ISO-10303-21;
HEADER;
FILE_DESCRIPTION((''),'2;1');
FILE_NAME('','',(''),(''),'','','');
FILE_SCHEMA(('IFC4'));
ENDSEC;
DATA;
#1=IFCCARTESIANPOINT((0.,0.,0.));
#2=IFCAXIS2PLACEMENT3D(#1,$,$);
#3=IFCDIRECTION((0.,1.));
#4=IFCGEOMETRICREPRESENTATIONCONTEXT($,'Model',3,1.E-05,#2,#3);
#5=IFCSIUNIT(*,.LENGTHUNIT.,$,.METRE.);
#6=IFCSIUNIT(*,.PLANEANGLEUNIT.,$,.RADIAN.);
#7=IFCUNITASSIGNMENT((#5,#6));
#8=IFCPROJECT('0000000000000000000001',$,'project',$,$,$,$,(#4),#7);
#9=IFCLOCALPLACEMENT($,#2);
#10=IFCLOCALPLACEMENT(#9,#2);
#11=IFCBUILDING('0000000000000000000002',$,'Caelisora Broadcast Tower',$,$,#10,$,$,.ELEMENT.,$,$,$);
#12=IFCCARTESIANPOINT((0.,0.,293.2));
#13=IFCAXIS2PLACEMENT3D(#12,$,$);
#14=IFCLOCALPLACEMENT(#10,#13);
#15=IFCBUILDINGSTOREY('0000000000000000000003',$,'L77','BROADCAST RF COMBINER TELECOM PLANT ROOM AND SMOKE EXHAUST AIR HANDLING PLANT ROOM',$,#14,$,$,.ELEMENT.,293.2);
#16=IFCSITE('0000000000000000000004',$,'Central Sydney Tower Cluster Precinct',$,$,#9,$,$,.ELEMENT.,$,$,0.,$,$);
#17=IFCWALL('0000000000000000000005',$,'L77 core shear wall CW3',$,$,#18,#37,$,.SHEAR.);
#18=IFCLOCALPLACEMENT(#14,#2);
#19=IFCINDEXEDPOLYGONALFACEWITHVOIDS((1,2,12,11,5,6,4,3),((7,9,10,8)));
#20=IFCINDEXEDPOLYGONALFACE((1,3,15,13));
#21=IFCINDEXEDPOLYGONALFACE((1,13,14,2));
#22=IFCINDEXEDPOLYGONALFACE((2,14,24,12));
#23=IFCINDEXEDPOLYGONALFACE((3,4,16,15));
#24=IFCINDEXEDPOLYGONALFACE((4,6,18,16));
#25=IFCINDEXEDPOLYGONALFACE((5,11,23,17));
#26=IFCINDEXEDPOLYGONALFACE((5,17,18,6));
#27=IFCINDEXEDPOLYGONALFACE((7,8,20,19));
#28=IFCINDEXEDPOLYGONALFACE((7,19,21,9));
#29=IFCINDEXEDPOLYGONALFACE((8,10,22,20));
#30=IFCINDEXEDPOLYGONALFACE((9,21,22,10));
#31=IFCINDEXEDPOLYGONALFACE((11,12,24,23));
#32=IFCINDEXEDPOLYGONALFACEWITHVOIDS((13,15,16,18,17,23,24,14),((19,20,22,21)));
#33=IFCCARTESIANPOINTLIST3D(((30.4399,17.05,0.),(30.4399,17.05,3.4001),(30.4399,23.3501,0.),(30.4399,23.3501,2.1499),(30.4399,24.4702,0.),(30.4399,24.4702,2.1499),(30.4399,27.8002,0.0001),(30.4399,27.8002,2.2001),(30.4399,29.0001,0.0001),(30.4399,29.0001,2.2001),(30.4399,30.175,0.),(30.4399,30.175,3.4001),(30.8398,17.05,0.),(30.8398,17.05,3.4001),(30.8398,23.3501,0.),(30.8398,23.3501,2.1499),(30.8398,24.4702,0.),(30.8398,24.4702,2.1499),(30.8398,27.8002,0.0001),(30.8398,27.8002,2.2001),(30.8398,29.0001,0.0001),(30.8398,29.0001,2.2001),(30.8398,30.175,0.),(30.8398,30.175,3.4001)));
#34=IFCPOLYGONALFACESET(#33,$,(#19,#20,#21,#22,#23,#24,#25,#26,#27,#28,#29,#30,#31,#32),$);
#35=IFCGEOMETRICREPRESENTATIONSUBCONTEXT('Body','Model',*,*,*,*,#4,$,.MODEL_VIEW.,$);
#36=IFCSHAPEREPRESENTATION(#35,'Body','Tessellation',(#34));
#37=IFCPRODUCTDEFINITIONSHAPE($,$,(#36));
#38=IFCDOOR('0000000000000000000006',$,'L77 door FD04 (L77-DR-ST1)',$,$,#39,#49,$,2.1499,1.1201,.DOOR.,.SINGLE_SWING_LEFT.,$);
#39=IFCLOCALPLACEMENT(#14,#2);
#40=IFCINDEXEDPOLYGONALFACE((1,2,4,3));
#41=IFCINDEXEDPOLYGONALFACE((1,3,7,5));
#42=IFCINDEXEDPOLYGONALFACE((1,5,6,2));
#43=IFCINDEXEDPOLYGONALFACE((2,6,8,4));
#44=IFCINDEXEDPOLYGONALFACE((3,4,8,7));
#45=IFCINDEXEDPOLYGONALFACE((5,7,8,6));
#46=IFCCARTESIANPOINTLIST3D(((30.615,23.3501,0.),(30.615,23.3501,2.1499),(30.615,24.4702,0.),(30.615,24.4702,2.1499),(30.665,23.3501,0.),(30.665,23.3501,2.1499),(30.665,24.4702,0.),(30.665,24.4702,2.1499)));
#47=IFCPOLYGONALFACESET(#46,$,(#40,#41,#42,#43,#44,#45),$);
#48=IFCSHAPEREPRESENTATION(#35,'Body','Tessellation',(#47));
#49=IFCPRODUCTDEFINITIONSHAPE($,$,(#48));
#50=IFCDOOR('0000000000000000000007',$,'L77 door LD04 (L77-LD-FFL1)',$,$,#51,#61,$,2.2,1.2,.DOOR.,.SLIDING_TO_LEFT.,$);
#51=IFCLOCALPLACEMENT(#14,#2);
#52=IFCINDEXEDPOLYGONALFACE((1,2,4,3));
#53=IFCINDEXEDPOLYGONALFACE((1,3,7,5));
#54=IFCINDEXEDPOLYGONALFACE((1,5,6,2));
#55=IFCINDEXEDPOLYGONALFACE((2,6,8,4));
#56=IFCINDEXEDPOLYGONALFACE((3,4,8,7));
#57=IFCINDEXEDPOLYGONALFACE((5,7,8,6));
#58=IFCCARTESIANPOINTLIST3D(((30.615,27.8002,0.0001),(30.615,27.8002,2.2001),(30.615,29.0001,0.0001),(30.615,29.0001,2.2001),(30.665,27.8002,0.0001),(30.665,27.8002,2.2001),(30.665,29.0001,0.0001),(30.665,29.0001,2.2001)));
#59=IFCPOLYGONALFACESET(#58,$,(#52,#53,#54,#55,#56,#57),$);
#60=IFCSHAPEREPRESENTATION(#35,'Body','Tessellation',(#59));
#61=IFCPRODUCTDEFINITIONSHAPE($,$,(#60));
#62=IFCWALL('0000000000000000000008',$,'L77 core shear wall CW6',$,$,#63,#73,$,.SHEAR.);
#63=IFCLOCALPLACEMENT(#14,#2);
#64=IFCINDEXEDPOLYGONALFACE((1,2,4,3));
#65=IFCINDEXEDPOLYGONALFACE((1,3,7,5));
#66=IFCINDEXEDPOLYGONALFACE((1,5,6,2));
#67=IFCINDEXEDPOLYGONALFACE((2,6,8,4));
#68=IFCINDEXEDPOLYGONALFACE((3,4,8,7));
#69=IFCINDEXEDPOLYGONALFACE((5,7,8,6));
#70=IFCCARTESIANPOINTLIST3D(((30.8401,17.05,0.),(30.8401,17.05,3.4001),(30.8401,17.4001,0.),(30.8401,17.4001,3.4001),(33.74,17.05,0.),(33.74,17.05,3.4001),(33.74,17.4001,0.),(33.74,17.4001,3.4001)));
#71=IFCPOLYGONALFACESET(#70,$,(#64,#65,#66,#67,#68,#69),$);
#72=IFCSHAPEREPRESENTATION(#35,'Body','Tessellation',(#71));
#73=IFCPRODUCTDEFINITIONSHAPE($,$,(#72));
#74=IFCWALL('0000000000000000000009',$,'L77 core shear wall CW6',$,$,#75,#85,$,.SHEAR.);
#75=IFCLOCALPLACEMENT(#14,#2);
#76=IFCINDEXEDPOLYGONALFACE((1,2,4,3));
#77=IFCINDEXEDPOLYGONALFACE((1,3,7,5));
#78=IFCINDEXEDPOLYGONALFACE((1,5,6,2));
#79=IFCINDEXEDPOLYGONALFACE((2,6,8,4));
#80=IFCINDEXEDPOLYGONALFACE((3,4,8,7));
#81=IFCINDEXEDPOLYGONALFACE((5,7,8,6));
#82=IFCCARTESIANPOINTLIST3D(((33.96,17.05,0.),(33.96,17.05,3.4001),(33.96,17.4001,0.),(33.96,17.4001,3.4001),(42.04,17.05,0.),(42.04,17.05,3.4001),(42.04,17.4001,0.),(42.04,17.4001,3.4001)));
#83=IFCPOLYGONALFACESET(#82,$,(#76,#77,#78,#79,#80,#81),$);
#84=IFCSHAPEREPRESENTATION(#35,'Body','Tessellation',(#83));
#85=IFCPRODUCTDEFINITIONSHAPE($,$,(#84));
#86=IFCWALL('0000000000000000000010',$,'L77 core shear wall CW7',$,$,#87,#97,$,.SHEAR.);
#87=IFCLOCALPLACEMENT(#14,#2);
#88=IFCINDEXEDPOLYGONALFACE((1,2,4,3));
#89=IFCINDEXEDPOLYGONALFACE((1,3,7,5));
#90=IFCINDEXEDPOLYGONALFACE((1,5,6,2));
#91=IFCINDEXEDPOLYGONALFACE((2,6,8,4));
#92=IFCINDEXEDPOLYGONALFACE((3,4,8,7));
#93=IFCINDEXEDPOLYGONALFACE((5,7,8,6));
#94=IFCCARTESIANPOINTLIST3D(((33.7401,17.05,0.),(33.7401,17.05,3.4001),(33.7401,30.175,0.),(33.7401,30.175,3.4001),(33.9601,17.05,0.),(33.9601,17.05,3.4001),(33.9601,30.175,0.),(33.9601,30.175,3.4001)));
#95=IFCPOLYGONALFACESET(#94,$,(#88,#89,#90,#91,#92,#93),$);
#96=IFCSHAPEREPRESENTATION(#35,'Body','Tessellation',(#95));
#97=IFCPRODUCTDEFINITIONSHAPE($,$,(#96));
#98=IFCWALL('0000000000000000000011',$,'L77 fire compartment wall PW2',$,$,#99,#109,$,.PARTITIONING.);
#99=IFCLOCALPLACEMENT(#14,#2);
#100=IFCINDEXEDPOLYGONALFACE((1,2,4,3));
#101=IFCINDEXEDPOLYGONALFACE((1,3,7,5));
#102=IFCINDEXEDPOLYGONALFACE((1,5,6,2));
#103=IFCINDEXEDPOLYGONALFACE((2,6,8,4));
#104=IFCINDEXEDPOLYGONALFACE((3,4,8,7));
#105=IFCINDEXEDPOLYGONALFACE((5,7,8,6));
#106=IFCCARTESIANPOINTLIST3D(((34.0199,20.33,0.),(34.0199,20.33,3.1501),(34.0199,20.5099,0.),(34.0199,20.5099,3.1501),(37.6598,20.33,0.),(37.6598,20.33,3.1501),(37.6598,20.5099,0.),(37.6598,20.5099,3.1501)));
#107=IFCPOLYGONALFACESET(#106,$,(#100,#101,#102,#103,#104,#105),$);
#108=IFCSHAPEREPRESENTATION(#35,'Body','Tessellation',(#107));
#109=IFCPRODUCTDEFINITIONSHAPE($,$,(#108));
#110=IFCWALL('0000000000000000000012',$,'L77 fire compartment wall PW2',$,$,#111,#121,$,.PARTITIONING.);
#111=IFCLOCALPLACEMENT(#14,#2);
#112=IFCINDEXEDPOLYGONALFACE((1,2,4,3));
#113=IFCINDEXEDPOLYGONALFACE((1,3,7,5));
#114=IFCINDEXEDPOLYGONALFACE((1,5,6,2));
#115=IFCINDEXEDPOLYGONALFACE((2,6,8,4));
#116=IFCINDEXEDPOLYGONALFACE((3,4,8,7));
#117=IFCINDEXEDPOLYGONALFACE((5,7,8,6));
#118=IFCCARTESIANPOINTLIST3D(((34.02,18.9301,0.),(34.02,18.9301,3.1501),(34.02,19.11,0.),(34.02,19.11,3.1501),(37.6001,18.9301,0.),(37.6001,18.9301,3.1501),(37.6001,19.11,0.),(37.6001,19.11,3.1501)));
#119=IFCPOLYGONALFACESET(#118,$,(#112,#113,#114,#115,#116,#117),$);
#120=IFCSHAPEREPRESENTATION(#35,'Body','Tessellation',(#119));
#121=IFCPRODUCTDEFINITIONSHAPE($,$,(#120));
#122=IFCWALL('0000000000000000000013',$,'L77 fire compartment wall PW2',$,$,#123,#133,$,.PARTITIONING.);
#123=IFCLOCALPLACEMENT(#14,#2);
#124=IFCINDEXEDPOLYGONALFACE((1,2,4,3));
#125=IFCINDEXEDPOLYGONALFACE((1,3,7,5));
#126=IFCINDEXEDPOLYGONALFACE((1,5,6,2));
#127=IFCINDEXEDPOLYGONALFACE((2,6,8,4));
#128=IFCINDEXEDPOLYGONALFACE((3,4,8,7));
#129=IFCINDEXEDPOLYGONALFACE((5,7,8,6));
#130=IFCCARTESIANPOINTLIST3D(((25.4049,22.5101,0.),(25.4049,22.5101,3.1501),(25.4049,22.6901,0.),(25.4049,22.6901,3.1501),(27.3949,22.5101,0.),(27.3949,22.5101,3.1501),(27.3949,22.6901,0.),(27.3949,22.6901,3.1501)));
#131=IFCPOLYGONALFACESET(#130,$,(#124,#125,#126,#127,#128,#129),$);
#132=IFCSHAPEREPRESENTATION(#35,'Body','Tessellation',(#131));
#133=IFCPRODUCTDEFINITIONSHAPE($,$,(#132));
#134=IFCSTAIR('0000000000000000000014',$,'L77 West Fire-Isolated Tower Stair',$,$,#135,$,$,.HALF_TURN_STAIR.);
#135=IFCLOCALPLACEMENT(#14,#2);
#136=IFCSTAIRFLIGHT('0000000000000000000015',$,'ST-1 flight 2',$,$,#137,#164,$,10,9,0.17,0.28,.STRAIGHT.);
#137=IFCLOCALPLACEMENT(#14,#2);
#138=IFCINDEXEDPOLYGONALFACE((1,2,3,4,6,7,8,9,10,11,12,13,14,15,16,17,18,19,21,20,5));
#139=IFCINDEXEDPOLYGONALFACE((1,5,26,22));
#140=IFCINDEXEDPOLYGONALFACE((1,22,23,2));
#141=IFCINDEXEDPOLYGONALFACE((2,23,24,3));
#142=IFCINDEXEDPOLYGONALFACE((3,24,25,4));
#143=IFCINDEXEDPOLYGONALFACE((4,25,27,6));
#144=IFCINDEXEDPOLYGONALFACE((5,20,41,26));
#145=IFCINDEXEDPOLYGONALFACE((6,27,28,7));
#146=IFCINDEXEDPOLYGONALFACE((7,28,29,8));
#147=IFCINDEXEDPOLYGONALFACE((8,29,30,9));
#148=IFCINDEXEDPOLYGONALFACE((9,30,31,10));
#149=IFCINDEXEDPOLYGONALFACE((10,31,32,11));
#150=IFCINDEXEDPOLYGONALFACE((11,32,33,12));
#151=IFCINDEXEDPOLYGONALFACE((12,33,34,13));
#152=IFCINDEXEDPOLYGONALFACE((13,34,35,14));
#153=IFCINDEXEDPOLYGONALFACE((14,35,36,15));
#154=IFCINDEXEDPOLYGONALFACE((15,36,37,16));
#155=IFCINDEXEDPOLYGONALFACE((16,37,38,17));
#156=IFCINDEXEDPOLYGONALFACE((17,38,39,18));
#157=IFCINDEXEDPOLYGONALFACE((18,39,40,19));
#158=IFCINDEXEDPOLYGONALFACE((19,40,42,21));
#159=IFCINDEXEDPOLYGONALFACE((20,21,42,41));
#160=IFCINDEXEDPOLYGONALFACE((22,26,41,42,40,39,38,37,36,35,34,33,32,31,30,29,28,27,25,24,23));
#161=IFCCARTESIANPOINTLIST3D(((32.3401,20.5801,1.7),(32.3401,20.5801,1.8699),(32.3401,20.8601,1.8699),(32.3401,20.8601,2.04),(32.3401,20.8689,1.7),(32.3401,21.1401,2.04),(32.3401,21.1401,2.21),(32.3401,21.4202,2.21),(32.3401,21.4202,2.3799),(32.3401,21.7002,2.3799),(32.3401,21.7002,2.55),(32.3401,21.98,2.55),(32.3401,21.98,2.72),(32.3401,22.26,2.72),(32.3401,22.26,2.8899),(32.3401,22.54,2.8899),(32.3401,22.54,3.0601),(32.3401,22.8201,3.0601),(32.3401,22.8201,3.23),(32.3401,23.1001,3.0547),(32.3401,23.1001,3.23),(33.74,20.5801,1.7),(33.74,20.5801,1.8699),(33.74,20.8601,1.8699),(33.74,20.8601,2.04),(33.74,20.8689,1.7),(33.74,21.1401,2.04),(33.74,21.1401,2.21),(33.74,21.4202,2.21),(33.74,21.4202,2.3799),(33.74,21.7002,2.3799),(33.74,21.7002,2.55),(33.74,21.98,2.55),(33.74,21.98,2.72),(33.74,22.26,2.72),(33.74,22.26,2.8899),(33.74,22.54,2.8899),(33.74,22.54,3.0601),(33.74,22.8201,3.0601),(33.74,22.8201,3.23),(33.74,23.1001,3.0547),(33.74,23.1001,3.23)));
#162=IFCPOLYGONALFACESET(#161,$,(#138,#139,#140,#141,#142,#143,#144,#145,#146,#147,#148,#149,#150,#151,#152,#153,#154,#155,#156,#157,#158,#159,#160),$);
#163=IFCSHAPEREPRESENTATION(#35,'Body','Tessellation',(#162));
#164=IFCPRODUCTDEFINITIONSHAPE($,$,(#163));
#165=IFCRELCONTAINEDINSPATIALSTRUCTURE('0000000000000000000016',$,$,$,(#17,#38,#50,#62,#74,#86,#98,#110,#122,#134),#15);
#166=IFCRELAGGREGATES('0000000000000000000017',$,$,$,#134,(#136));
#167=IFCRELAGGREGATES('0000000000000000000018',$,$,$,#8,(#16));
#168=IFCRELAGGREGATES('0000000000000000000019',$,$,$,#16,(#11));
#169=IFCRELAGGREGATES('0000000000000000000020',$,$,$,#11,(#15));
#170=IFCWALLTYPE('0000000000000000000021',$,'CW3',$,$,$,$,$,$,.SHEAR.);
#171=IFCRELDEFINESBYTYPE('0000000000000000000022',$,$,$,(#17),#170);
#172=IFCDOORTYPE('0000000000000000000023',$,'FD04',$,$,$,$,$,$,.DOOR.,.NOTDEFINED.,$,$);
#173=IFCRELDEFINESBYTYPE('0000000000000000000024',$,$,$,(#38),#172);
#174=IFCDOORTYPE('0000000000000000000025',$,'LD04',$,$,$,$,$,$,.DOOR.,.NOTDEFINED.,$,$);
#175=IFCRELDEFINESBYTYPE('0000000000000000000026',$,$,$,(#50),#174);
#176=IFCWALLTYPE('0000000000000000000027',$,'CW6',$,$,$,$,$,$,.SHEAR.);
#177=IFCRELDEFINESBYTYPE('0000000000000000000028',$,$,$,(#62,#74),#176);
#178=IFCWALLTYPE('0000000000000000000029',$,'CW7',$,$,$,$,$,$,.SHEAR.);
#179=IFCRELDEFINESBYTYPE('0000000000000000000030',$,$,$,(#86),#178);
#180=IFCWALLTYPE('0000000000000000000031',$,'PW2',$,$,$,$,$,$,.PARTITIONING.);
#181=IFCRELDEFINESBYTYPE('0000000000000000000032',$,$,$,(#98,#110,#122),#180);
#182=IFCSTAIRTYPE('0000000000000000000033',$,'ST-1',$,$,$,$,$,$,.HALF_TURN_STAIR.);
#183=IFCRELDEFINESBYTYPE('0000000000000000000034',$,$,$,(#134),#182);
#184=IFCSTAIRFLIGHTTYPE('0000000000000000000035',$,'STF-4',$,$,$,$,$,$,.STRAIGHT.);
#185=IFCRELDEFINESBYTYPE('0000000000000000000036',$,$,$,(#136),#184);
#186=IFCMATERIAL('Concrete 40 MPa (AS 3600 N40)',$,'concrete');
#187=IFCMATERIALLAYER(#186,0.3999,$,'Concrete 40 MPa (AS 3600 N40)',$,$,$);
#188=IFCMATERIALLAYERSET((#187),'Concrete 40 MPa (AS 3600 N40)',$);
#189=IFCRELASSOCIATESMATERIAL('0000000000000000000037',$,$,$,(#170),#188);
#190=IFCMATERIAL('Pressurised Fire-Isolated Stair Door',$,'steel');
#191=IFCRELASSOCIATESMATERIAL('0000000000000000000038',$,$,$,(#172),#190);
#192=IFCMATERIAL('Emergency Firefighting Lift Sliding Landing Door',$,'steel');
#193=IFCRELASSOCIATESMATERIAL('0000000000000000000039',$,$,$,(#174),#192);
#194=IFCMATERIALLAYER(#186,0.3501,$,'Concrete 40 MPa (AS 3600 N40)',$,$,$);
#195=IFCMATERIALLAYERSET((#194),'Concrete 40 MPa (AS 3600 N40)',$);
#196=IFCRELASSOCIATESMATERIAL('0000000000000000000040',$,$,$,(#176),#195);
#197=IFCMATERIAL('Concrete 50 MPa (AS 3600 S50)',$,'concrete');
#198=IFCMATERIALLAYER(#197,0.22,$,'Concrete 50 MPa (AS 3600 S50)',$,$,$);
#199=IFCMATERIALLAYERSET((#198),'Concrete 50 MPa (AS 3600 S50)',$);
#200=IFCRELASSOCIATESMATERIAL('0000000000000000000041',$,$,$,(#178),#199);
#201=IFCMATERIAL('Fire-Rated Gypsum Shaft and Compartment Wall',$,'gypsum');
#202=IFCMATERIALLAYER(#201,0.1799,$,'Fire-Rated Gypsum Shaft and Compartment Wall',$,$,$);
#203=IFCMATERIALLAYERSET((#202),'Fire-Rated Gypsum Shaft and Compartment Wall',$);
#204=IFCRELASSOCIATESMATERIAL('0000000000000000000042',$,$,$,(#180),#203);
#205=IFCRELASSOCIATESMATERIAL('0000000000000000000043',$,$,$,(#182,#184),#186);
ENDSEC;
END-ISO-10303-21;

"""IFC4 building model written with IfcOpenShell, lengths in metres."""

from ifc_helpers import new_model, si_unit, direction, frame, frame_2d, origin, place, context, subcontext, project, spatial, polyline, rectangle, outline, extrude, material, layer, layer_set, type_object, element, fill, aggregate, save


model = new_model("IFC4")

# Units and contexts
model_context = context("Model", 3, precision=1e-05, world=origin(), true_north=direction((0.0, 1.0)))
body_context = subcontext(model_context, "Body", "Model", "MODEL_VIEW")
ifc_project = project(units=[si_unit("LENGTHUNIT", "METRE"), si_unit("PLANEANGLEUNIT", "RADIAN")], contexts=[model_context])

# Site, building, storey
site_placement = place(None, origin())
site = spatial("IfcSite", under=ifc_project, at=site_placement, Name="Central Sydney Tower Cluster Precinct", CompositionType="ELEMENT", RefElevation=0.0)
building_placement = place(site_placement, origin())
building = spatial("IfcBuilding", under=site, at=building_placement, Name="Caelisora Broadcast Tower", CompositionType="ELEMENT")
storey_placement = place(building_placement, frame((0.0, 0.0, 293.2)))
storey = spatial("IfcBuildingStorey", under=building, at=storey_placement, Name="L77", Description="BROADCAST RF COMBINER TELECOM PLANT ROOM AND SMOKE EXHAUST AIR HANDLING PLANT ROOM", CompositionType="ELEMENT", Elevation=293.2)

# Wall, openings, doors
ifc_material_1 = material(Name="Concrete 40 MPa (AS 3600 N40)", Category="concrete")
ifc_layer_1 = layer(ifc_material_1, 0.3999, Name="Concrete 40 MPa (AS 3600 N40)")
ifc_layer_set_1 = layer_set([ifc_layer_1], Name="Concrete 40 MPa (AS 3600 N40)")
wall_type_1 = type_object("IfcWallType", Name="CW3", PredefinedType="SHEAR", material=ifc_layer_set_1)
wall_1_placement = place(storey_placement, frame((30.6399, 17.05, 0.0), z_axis=(0.0, 0.0, 1.0), x_axis=(0.0, 1.0, 0.0)))
wall_1 = element("IfcWall", 1, at=wall_1_placement, inside=storey, type_object=wall_type_1, Name="L77 core shear wall CW3", PredefinedType="SHEAR", context=body_context, shape_type="SweptSolid", body=[
    extrude(rectangle(XDim=13.125, YDim=0.3999, at=frame_2d((6.5625, 0.0))), origin(), (0.0, 0.0, 1.0), 3.4001),
])
opening_1_placement = place(wall_1_placement, frame((6.3, 0.0, 0.0)))
opening_1 = element("IfcOpeningElement", 2, at=opening_1_placement, cuts=wall_1, PredefinedType="OPENING", context=body_context, shape_type="SweptSolid", body=[
    extrude(rectangle(XDim=1.1201, YDim=2.1499, at=frame_2d((0.5601, 1.075))), frame((0.0, 0.2119, 0.0), z_axis=(0.0, -1.0, 0.0), x_axis=(1.0, 0.0, 0.0)), (0.0, 0.0, 1.0), 0.4238),
])
opening_2_placement = place(wall_1_placement, frame((10.75, 0.0, 0.0)))
opening_2 = element("IfcOpeningElement", 3, at=opening_2_placement, cuts=wall_1, PredefinedType="OPENING", context=body_context, shape_type="SweptSolid", body=[
    extrude(rectangle(XDim=1.2, YDim=2.2, at=frame_2d((0.6001, 1.1001))), frame((0.0, 0.2119, 0.0), z_axis=(0.0, -1.0, 0.0), x_axis=(1.0, 0.0, 0.0)), (0.0, 0.0, 1.0), 0.4238),
])
ifc_material_2 = material(Name="Pressurised Fire-Isolated Stair Door", Category="steel")
door_type_1 = type_object("IfcDoorType", Name="FD04", OperationType="NOTDEFINED", PredefinedType="DOOR", material=ifc_material_2)
door_1_placement = place(opening_1_placement, origin())
door_1 = element("IfcDoor", 4, at=door_1_placement, inside=storey, type_object=door_type_1, Name="L77 door FD04 (L77-DR-ST1)", OperationType="SINGLE_SWING_LEFT", OverallHeight=2.1499, OverallWidth=1.1201, PredefinedType="DOOR", context=body_context, shape_type="SweptSolid", body=[
    extrude(rectangle(XDim=1.1201, YDim=2.1499, at=frame_2d((0.5601, 1.075))), frame((0.0, 0.0249, 0.0), z_axis=(0.0, -1.0, 0.0), x_axis=(1.0, 0.0, 0.0)), (0.0, 0.0, 1.0), 0.05),
])
fill(opening_1, door_1)
ifc_material_3 = material(Name="Emergency Firefighting Lift Sliding Landing Door", Category="steel")
door_type_2 = type_object("IfcDoorType", Name="LD04", OperationType="NOTDEFINED", PredefinedType="DOOR", material=ifc_material_3)
door_2_placement = place(opening_2_placement, origin())
door_2 = element("IfcDoor", 5, at=door_2_placement, inside=storey, type_object=door_type_2, Name="L77 door LD04 (L77-LD-FFL1)", OperationType="SLIDING_TO_LEFT", OverallHeight=2.2, OverallWidth=1.2, PredefinedType="DOOR", context=body_context, shape_type="SweptSolid", body=[
    extrude(rectangle(XDim=1.2, YDim=2.2, at=frame_2d((0.6001, 1.1001))), frame((0.0, 0.0249, 0.0), z_axis=(0.0, -1.0, 0.0), x_axis=(1.0, 0.0, 0.0)), (0.0, 0.0, 1.0), 0.05),
])
fill(opening_2, door_2)

# Walls
ifc_layer_2 = layer(ifc_material_1, 0.3501, Name="Concrete 40 MPa (AS 3600 N40)")
ifc_layer_set_2 = layer_set([ifc_layer_2], Name="Concrete 40 MPa (AS 3600 N40)")
wall_type_2 = type_object("IfcWallType", Name="CW6", PredefinedType="SHEAR", material=ifc_layer_set_2)
wall_2_placement = place(storey_placement, frame((30.8401, 17.2251, 0.0), z_axis=(0.0, 0.0, 1.0), x_axis=(1.0, 0.0, 0.0)))
element("IfcWall", 6, at=wall_2_placement, inside=storey, type_object=wall_type_2, Name="L77 core shear wall CW6", PredefinedType="SHEAR", context=body_context, shape_type="SweptSolid", body=[
    extrude(rectangle(XDim=2.8999, YDim=0.3501, at=frame_2d((1.45, 0.0))), origin(), (0.0, 0.0, 1.0), 3.4001),
])
wall_3_placement = place(storey_placement, frame((33.96, 17.2251, 0.0), z_axis=(0.0, 0.0, 1.0), x_axis=(1.0, 0.0, 0.0)))
element("IfcWall", 7, at=wall_3_placement, inside=storey, type_object=wall_type_2, Name="L77 core shear wall CW6", PredefinedType="SHEAR", context=body_context, shape_type="SweptSolid", body=[
    extrude(rectangle(XDim=8.0801, YDim=0.3501, at=frame_2d((4.04, 0.0))), origin(), (0.0, 0.0, 1.0), 3.4001),
])
ifc_material_4 = material(Name="Concrete 50 MPa (AS 3600 S50)", Category="concrete")
ifc_layer_3 = layer(ifc_material_4, 0.22, Name="Concrete 50 MPa (AS 3600 S50)")
ifc_layer_set_3 = layer_set([ifc_layer_3], Name="Concrete 50 MPa (AS 3600 S50)")
wall_type_3 = type_object("IfcWallType", Name="CW7", PredefinedType="SHEAR", material=ifc_layer_set_3)
wall_4_placement = place(storey_placement, frame((33.8501, 17.05, 0.0), z_axis=(0.0, 0.0, 1.0), x_axis=(0.0, 1.0, 0.0)))
element("IfcWall", 8, at=wall_4_placement, inside=storey, type_object=wall_type_3, Name="L77 core shear wall CW7", PredefinedType="SHEAR", context=body_context, shape_type="SweptSolid", body=[
    extrude(rectangle(XDim=13.125, YDim=0.22, at=frame_2d((6.5625, 0.0))), origin(), (0.0, 0.0, 1.0), 3.4001),
])
ifc_material_5 = material(Name="Fire-Rated Gypsum Shaft and Compartment Wall", Category="gypsum")
ifc_layer_4 = layer(ifc_material_5, 0.1799, Name="Fire-Rated Gypsum Shaft and Compartment Wall")
ifc_layer_set_4 = layer_set([ifc_layer_4], Name="Fire-Rated Gypsum Shaft and Compartment Wall")
wall_type_4 = type_object("IfcWallType", Name="PW2", PredefinedType="PARTITIONING", material=ifc_layer_set_4)
wall_5_placement = place(storey_placement, frame((34.02, 20.4199, 0.0), z_axis=(0.0, 0.0, 1.0), x_axis=(1.0, 0.0, 0.0)))
element("IfcWall", 9, at=wall_5_placement, inside=storey, type_object=wall_type_4, Name="L77 fire compartment wall PW2", PredefinedType="PARTITIONING", context=body_context, shape_type="SweptSolid", body=[
    extrude(rectangle(XDim=3.6399, YDim=0.1799, at=frame_2d((1.8198, 0.0))), origin(), (0.0, 0.0, 1.0), 3.1501),
])
wall_6_placement = place(storey_placement, frame((34.02, 19.02, 0.0), z_axis=(0.0, 0.0, 1.0), x_axis=(1.0, 0.0, 0.0)))
element("IfcWall", 10, at=wall_6_placement, inside=storey, type_object=wall_type_4, Name="L77 fire compartment wall PW2", PredefinedType="PARTITIONING", context=body_context, shape_type="SweptSolid", body=[
    extrude(rectangle(XDim=3.5801, YDim=0.1799, at=frame_2d((1.79, 0.0))), origin(), (0.0, 0.0, 1.0), 3.1501),
])
wall_7_placement = place(storey_placement, frame((27.395, 22.6001, 0.0), z_axis=(0.0, 0.0, 1.0), x_axis=(-1.0, 0.0, 0.0)))
element("IfcWall", 11, at=wall_7_placement, inside=storey, type_object=wall_type_4, Name="L77 fire compartment wall PW2", PredefinedType="PARTITIONING", context=body_context, shape_type="SweptSolid", body=[
    extrude(rectangle(XDim=1.99, YDim=0.1799, at=frame_2d((0.9951, 0.0))), origin(), (0.0, 0.0, 1.0), 3.1501),
])

# Stair, stair flight
stair_type = type_object("IfcStairType", Name="ST-1", PredefinedType="HALF_TURN_STAIR", material=ifc_material_1)
stair_placement = place(storey_placement, origin())
stair = element("IfcStair", 12, at=stair_placement, inside=storey, type_object=stair_type, Name="L77 West Fire-Isolated Tower Stair", PredefinedType="HALF_TURN_STAIR")
stair_flight_type = type_object("IfcStairFlightType", Name="STF-4", PredefinedType="STRAIGHT", material=ifc_material_1)
stair_flight_placement = place(storey_placement, frame((33.04, 20.5801, 1.7), z_axis=(0.0, 0.0, 1.0), x_axis=(0.0, 1.0, 0.0)))
stair_flight = element("IfcStairFlight", 13, at=stair_flight_placement, type_object=stair_flight_type, Name="ST-1 flight 2", NumberOfRisers=10, NumberOfTreads=9, PredefinedType="STRAIGHT", RiserHeight=0.17, TreadLength=0.28, context=body_context, shape_type="SweptSolid", body=[
    extrude(outline(polyline([(0.0, 0.0), (0.0, 0.1699), (0.28, 0.1699), (0.28, 0.3401), (0.5601, 0.3401), (0.5601, 0.51), (0.8401, 0.51), (0.8401, 0.6799), (1.1201, 0.6799), (1.1201, 0.8501), (1.3999, 0.8501), (1.3999, 1.02), (1.6799, 1.02), (1.6799, 1.1899), (1.96, 1.1899), (1.96, 1.3601), (2.24, 1.3601), (2.24, 1.53), (2.52, 1.53), (2.52, 1.7), (2.52, 1.3547), (0.2888, 0.0), (0.0, 0.0)])), frame((0.0, 0.7, 0.0), z_axis=(0.0, -1.0, 0.0), x_axis=(1.0, 0.0, 0.0)), (0.0, 0.0, 1.0), 1.3999),
])
aggregate(stair, [stair_flight])

save(model, "model.ifc")
